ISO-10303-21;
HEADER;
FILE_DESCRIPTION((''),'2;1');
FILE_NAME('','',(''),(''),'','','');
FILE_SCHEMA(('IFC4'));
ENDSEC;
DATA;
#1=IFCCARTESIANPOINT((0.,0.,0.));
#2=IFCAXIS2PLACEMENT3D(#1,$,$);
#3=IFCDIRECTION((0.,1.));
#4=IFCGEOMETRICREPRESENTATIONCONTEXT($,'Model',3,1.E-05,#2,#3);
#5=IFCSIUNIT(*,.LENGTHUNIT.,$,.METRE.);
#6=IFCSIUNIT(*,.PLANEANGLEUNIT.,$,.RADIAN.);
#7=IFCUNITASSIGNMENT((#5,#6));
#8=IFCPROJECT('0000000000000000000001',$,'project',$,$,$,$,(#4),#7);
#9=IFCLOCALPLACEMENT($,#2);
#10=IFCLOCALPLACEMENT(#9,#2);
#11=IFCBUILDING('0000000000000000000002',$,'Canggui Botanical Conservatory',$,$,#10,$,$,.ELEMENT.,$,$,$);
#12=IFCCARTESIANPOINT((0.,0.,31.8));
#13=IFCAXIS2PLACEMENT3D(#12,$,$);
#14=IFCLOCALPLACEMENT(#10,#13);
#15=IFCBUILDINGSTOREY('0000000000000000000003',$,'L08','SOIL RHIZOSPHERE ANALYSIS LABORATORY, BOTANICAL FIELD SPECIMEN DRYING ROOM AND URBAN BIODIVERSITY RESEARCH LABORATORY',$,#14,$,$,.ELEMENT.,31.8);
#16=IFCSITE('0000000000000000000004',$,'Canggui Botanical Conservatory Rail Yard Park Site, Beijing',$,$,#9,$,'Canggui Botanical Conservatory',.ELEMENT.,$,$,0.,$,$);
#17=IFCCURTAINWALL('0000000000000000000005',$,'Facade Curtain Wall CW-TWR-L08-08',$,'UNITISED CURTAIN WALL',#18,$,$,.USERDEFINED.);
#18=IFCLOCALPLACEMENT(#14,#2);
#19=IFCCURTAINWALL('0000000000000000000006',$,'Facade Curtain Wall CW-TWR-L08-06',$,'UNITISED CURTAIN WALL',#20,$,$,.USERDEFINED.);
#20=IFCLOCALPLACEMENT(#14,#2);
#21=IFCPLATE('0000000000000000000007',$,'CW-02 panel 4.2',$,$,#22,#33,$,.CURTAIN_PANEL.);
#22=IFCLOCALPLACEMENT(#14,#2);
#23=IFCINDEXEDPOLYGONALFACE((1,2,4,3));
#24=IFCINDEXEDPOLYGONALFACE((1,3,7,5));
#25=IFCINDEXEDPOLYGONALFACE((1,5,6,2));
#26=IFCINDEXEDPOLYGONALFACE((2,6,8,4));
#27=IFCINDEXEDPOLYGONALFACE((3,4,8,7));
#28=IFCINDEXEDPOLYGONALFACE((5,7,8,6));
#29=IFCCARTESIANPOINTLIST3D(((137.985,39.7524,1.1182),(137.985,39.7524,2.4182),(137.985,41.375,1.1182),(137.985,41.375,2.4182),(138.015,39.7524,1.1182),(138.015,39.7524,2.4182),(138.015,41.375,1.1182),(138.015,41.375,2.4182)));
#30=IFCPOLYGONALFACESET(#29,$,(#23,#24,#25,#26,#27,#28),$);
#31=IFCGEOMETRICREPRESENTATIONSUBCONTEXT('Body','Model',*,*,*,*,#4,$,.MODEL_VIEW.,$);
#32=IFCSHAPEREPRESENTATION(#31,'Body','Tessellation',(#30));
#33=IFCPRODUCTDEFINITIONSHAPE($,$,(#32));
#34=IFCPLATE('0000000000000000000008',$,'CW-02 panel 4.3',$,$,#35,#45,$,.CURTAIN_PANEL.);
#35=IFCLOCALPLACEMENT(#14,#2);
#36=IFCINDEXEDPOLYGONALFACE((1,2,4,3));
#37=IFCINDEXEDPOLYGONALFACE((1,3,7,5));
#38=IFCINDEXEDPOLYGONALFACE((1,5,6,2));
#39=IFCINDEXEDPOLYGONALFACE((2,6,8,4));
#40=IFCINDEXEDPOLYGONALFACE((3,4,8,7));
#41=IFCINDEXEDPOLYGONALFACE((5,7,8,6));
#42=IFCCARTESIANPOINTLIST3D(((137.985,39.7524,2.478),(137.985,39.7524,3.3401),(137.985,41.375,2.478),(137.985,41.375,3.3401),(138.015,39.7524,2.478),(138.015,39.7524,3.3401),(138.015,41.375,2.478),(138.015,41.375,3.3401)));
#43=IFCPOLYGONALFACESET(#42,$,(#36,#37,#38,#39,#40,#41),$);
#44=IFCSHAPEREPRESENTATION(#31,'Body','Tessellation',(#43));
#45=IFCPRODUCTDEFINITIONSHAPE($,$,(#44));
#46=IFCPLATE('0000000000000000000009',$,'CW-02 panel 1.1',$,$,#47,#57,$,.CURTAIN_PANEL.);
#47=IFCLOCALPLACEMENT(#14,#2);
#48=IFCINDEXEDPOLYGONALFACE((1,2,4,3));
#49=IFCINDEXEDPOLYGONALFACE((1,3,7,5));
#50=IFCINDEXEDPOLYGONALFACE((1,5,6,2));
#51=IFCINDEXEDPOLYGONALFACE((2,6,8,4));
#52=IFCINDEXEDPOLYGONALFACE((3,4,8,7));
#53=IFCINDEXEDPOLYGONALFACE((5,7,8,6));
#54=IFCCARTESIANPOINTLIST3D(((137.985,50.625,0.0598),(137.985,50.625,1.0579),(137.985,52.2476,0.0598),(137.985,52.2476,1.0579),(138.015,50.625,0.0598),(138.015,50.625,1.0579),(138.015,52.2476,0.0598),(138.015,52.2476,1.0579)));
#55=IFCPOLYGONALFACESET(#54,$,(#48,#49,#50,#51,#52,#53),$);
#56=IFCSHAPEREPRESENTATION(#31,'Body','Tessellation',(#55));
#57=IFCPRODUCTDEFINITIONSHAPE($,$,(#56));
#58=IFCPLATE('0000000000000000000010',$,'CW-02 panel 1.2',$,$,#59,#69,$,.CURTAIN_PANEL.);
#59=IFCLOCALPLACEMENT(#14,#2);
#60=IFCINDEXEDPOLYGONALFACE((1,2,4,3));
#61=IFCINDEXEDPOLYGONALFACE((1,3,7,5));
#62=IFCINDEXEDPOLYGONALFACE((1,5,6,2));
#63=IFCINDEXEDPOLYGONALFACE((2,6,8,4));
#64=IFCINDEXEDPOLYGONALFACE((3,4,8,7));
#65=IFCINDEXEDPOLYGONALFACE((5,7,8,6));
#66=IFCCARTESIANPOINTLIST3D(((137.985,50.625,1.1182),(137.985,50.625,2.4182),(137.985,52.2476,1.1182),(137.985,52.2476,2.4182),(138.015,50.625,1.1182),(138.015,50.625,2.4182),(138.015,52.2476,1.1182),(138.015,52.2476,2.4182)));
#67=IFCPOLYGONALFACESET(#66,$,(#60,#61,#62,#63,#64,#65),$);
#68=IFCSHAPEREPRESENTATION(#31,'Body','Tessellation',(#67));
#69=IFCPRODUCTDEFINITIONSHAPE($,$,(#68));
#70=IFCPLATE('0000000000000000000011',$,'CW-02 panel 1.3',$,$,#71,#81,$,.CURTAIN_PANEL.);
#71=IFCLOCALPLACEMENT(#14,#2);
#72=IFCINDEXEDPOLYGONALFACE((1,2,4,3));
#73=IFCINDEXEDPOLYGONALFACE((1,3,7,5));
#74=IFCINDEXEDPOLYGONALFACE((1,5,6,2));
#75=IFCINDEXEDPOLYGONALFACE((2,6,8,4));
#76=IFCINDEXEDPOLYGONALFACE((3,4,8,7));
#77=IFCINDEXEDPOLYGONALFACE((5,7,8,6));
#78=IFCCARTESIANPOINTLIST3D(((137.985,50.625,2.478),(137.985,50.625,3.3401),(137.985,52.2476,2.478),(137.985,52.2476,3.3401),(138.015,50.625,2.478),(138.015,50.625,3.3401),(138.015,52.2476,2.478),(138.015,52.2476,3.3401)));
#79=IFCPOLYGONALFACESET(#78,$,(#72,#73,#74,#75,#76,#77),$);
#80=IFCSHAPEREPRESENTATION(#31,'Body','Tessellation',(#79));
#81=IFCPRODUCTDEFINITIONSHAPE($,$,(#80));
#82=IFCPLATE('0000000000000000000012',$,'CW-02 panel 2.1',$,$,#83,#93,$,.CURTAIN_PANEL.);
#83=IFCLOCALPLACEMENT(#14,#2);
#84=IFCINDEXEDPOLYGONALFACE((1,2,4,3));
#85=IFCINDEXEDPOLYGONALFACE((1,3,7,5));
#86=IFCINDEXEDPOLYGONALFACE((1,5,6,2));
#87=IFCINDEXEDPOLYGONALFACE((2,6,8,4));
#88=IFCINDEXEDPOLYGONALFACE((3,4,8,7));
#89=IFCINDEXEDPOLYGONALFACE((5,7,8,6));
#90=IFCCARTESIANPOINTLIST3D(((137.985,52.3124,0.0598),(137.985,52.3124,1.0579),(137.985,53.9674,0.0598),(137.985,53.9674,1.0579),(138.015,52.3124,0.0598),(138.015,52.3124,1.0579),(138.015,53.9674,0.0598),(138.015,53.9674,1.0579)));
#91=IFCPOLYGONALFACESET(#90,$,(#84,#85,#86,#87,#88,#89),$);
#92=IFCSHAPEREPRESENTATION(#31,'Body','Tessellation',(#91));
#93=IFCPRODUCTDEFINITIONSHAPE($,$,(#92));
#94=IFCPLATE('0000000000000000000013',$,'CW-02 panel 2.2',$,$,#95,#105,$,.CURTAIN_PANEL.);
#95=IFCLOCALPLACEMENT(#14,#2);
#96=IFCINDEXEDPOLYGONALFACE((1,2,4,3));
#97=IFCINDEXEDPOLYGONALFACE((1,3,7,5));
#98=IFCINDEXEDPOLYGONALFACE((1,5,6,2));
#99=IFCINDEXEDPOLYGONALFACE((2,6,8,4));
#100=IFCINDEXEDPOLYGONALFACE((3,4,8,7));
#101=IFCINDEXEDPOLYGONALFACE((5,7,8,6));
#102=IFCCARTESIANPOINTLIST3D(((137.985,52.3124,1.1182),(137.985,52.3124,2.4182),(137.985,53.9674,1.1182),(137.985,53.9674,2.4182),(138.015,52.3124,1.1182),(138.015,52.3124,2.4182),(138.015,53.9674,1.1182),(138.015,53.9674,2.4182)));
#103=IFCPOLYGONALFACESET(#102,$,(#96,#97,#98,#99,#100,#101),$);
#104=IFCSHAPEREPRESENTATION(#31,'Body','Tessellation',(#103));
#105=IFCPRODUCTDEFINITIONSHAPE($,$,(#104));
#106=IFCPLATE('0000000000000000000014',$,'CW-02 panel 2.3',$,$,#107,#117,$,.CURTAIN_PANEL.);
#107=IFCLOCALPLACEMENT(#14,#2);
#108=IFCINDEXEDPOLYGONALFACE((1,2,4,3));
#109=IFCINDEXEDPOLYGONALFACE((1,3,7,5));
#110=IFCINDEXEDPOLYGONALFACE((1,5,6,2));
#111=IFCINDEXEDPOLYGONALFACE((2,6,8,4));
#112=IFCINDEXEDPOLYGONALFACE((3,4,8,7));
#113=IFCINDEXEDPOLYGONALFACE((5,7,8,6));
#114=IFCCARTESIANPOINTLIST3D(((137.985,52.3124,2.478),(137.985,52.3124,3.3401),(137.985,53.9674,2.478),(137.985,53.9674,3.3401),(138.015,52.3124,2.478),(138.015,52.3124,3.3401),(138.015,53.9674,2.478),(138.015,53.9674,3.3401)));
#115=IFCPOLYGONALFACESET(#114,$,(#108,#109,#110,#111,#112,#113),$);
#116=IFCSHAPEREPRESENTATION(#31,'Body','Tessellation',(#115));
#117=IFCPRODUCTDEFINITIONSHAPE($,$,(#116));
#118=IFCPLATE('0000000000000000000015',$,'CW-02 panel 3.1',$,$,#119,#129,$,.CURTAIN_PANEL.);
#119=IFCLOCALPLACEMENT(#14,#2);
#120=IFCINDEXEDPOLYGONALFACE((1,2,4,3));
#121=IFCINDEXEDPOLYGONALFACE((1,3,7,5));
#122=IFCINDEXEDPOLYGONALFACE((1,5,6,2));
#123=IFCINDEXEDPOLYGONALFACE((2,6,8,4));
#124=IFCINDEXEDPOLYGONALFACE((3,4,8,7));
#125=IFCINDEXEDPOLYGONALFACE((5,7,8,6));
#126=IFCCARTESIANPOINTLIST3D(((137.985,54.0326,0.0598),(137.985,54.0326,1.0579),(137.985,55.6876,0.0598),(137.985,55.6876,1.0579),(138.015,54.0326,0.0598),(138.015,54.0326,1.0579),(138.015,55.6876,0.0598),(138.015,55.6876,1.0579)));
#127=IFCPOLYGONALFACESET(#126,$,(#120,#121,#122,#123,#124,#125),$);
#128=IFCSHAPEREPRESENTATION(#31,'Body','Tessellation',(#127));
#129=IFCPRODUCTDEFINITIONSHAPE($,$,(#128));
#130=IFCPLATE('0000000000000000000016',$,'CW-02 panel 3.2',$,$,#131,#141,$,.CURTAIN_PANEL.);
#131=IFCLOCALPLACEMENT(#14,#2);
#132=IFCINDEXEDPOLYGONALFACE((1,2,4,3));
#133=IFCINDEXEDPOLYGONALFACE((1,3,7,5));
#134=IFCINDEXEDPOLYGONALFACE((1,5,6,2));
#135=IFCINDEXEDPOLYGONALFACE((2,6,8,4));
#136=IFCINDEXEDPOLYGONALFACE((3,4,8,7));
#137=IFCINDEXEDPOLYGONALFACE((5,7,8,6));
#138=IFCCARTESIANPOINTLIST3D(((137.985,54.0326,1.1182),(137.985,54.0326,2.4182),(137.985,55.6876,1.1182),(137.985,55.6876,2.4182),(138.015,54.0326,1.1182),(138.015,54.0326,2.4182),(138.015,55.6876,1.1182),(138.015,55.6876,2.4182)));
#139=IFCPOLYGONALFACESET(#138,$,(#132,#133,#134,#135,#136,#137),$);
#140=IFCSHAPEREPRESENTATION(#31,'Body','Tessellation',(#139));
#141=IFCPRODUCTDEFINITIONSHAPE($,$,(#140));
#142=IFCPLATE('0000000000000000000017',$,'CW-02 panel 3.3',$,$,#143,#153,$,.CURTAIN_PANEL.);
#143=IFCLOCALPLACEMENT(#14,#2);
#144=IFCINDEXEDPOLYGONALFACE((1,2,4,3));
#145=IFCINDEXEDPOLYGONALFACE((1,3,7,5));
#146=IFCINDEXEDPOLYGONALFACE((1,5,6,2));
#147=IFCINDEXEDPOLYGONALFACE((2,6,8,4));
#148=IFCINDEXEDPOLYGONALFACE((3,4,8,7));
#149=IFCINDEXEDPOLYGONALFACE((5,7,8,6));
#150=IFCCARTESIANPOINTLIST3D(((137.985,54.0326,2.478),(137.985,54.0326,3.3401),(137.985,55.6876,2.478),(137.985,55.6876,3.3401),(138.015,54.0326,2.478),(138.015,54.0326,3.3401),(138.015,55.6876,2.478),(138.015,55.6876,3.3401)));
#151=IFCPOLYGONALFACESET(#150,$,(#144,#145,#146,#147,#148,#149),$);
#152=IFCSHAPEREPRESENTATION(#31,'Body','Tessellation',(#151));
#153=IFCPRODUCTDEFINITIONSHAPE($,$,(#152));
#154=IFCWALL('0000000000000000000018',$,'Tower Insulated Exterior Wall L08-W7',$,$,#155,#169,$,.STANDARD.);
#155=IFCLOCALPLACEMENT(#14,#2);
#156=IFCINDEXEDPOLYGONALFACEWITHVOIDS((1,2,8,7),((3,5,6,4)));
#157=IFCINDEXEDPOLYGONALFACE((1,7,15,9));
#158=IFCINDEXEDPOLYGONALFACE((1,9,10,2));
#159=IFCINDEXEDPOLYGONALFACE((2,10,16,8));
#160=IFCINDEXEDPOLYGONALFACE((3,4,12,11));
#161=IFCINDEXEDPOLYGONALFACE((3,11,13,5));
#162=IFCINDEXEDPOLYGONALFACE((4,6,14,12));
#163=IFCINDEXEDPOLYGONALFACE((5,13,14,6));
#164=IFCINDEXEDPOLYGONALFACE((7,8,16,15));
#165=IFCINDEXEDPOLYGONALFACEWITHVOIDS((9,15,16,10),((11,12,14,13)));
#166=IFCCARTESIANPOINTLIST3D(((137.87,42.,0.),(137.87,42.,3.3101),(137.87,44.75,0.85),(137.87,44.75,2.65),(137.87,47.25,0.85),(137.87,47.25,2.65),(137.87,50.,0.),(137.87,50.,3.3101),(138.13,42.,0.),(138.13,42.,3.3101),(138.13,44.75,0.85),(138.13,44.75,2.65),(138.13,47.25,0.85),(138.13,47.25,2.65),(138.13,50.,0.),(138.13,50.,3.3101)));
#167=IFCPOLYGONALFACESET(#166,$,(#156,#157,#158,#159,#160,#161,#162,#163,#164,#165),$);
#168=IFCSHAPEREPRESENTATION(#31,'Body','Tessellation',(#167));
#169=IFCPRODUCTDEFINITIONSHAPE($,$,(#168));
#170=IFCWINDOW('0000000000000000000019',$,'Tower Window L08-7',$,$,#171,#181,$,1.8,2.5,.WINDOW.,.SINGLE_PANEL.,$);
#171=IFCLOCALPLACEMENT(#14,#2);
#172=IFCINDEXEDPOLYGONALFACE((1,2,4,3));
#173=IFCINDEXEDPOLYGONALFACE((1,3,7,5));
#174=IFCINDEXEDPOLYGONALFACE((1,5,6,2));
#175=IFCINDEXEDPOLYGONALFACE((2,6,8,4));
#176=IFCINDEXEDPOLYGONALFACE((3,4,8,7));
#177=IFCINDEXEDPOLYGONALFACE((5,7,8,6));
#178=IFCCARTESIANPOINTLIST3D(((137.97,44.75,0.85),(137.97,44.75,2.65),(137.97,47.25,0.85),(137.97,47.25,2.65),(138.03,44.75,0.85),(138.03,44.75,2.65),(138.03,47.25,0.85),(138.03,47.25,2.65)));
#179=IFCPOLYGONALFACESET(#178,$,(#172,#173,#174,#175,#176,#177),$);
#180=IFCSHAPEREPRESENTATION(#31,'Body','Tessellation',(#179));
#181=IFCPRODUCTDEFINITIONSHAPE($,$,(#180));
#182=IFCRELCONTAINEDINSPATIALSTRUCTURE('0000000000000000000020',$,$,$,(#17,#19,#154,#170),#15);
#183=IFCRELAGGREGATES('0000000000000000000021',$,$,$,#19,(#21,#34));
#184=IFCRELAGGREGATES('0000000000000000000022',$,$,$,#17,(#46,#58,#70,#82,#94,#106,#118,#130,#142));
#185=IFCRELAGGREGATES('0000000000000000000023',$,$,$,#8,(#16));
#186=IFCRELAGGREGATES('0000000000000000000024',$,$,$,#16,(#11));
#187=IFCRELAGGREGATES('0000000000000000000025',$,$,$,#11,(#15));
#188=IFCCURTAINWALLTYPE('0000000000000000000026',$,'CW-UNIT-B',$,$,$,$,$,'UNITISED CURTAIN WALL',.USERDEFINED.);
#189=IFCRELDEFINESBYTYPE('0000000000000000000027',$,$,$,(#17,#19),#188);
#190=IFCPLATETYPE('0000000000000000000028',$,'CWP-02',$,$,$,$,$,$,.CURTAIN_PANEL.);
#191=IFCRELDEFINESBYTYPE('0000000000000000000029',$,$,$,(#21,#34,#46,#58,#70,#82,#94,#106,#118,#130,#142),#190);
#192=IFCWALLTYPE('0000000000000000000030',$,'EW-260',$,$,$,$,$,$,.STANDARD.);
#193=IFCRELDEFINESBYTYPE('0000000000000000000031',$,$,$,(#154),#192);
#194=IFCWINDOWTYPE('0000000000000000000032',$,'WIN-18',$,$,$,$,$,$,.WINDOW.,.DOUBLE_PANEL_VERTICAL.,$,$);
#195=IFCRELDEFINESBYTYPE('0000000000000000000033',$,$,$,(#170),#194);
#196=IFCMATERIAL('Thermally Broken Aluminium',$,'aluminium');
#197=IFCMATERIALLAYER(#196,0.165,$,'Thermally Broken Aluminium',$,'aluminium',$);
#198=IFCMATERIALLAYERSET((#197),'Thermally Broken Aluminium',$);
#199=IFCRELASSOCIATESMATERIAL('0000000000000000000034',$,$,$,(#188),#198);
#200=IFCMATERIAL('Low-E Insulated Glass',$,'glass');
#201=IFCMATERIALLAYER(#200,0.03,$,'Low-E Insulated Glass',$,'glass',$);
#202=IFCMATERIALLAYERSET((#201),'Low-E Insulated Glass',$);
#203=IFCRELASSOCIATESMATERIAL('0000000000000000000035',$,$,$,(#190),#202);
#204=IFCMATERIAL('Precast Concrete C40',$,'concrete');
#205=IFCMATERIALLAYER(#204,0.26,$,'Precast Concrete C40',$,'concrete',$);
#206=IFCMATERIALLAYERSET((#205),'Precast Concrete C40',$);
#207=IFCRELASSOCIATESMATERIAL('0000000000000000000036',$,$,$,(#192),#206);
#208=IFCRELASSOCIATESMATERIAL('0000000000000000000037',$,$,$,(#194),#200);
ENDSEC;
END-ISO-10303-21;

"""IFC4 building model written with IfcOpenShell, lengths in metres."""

from ifc_helpers import new_model, si_unit, direction, frame, frame_2d, origin, origin_2d, place, context, subcontext, project, spatial, rectangle, extrude, material, layer, layer_set, type_object, element, fill, aggregate, save


model = new_model("IFC4")

# Units and contexts
model_context = context("Model", 3, precision=1e-05, world=origin(), true_north=direction((0.0, 1.0)))
body_context = subcontext(model_context, "Body", "Model", "MODEL_VIEW")
ifc_project = project(units=[si_unit("LENGTHUNIT", "METRE"), si_unit("PLANEANGLEUNIT", "RADIAN")], contexts=[model_context])

# Site, building, storey
site_placement = place(None, origin())
site = spatial("IfcSite", under=ifc_project, at=site_placement, Name="Canggui Botanical Conservatory Rail Yard Park Site, Beijing", LongName="Canggui Botanical Conservatory", CompositionType="ELEMENT", RefElevation=0.0)
building_placement = place(site_placement, origin())
building = spatial("IfcBuilding", under=site, at=building_placement, Name="Canggui Botanical Conservatory", CompositionType="ELEMENT")
storey_placement = place(building_placement, frame((0.0, 0.0, 31.8)))
storey = spatial("IfcBuildingStorey", under=building, at=storey_placement, Name="L08", Description="SOIL RHIZOSPHERE ANALYSIS LABORATORY, BOTANICAL FIELD SPECIMEN DRYING ROOM AND URBAN BIODIVERSITY RESEARCH LABORATORY", CompositionType="ELEMENT", Elevation=31.8)

# Curtain walls
ifc_material_1 = material(Name="Thermally Broken Aluminium", Category="aluminium")
ifc_layer_1 = layer(ifc_material_1, 0.165, Name="Thermally Broken Aluminium", Category="aluminium")
ifc_layer_set_1 = layer_set([ifc_layer_1], Name="Thermally Broken Aluminium")
curtain_wall_type = type_object("IfcCurtainWallType", Name="CW-UNIT-B", ElementType="UNITISED CURTAIN WALL", PredefinedType="USERDEFINED", material=ifc_layer_set_1)
curtain_wall_1_placement = place(storey_placement, origin())
curtain_wall_1 = element("IfcCurtainWall", 1, at=curtain_wall_1_placement, inside=storey, type_object=curtain_wall_type, Name="Facade Curtain Wall CW-TWR-L08-08", ObjectType="UNITISED CURTAIN WALL", PredefinedType="USERDEFINED")
curtain_wall_2_placement = place(storey_placement, origin())
curtain_wall_2 = element("IfcCurtainWall", 2, at=curtain_wall_2_placement, inside=storey, type_object=curtain_wall_type, Name="Facade Curtain Wall CW-TWR-L08-06", ObjectType="UNITISED CURTAIN WALL", PredefinedType="USERDEFINED")

# Plates
ifc_material_2 = material(Name="Low-E Insulated Glass", Category="glass")
ifc_layer_2 = layer(ifc_material_2, 0.03, Name="Low-E Insulated Glass", Category="glass")
ifc_layer_set_2 = layer_set([ifc_layer_2], Name="Low-E Insulated Glass")
plate_type = type_object("IfcPlateType", Name="CWP-02", PredefinedType="CURTAIN_PANEL", material=ifc_layer_set_2)
plate_1_placement = place(storey_placement, frame((138.0, 40.5637, 1.1182), z_axis=(0.0, 0.0, 1.0), x_axis=(0.0, 1.0, 0.0)))
plate_1 = element("IfcPlate", 3, at=plate_1_placement, type_object=plate_type, Name="CW-02 panel 4.2", PredefinedType="CURTAIN_PANEL", context=body_context, shape_type="SweptSolid", body=[
    extrude(rectangle(XDim=1.6226, YDim=0.03, at=origin_2d()), origin(), (0.0, 0.0, 1.0), 1.3),
])
plate_2_placement = place(storey_placement, frame((138.0, 40.5637, 2.478), z_axis=(0.0, 0.0, 1.0), x_axis=(0.0, 1.0, 0.0)))
plate_2 = element("IfcPlate", 4, at=plate_2_placement, type_object=plate_type, Name="CW-02 panel 4.3", PredefinedType="CURTAIN_PANEL", context=body_context, shape_type="SweptSolid", body=[
    extrude(rectangle(XDim=1.6226, YDim=0.03, at=origin_2d()), origin(), (0.0, 0.0, 1.0), 0.8621),
])
aggregate(curtain_wall_2, [plate_1, plate_2])
plate_3_placement = place(storey_placement, frame((138.0, 51.4363, 0.0598), z_axis=(0.0, 0.0, 1.0), x_axis=(0.0, 1.0, 0.0)))
plate_3 = element("IfcPlate", 5, at=plate_3_placement, type_object=plate_type, Name="CW-02 panel 1.1", PredefinedType="CURTAIN_PANEL", context=body_context, shape_type="SweptSolid", body=[
    extrude(rectangle(XDim=1.6226, YDim=0.03, at=origin_2d()), origin(), (0.0, 0.0, 1.0), 0.998),
])
plate_4_placement = place(storey_placement, frame((138.0, 51.4363, 1.1182), z_axis=(0.0, 0.0, 1.0), x_axis=(0.0, 1.0, 0.0)))
plate_4 = element("IfcPlate", 6, at=plate_4_placement, type_object=plate_type, Name="CW-02 panel 1.2", PredefinedType="CURTAIN_PANEL", context=body_context, shape_type="SweptSolid", body=[
    extrude(rectangle(XDim=1.6226, YDim=0.03, at=origin_2d()), origin(), (0.0, 0.0, 1.0), 1.3),
])
plate_5_placement = place(storey_placement, frame((138.0, 51.4363, 2.478), z_axis=(0.0, 0.0, 1.0), x_axis=(0.0, 1.0, 0.0)))
plate_5 = element("IfcPlate", 7, at=plate_5_placement, type_object=plate_type, Name="CW-02 panel 1.3", PredefinedType="CURTAIN_PANEL", context=body_context, shape_type="SweptSolid", body=[
    extrude(rectangle(XDim=1.6226, YDim=0.03, at=origin_2d()), origin(), (0.0, 0.0, 1.0), 0.8621),
])
plate_6_placement = place(storey_placement, frame((138.0, 53.1399, 0.0598), z_axis=(0.0, 0.0, 1.0), x_axis=(0.0, 1.0, 0.0)))
plate_6 = element("IfcPlate", 8, at=plate_6_placement, type_object=plate_type, Name="CW-02 panel 2.1", PredefinedType="CURTAIN_PANEL", context=body_context, shape_type="SweptSolid", body=[
    extrude(rectangle(XDim=1.655, YDim=0.03, at=origin_2d()), origin(), (0.0, 0.0, 1.0), 0.998),
])
plate_7_placement = place(storey_placement, frame((138.0, 53.1399, 1.1182), z_axis=(0.0, 0.0, 1.0), x_axis=(0.0, 1.0, 0.0)))
plate_7 = element("IfcPlate", 9, at=plate_7_placement, type_object=plate_type, Name="CW-02 panel 2.2", PredefinedType="CURTAIN_PANEL", context=body_context, shape_type="SweptSolid", body=[
    extrude(rectangle(XDim=1.655, YDim=0.03, at=origin_2d()), origin(), (0.0, 0.0, 1.0), 1.3),
])
plate_8_placement = place(storey_placement, frame((138.0, 53.1399, 2.478), z_axis=(0.0, 0.0, 1.0), x_axis=(0.0, 1.0, 0.0)))
plate_8 = element("IfcPlate", 10, at=plate_8_placement, type_object=plate_type, Name="CW-02 panel 2.3", PredefinedType="CURTAIN_PANEL", context=body_context, shape_type="SweptSolid", body=[
    extrude(rectangle(XDim=1.655, YDim=0.03, at=origin_2d()), origin(), (0.0, 0.0, 1.0), 0.8621),
])
plate_9_placement = place(storey_placement, frame((138.0, 54.8601, 0.0598), z_axis=(0.0, 0.0, 1.0), x_axis=(0.0, 1.0, 0.0)))
plate_9 = element("IfcPlate", 11, at=plate_9_placement, type_object=plate_type, Name="CW-02 panel 3.1", PredefinedType="CURTAIN_PANEL", context=body_context, shape_type="SweptSolid", body=[
    extrude(rectangle(XDim=1.655, YDim=0.03, at=origin_2d()), origin(), (0.0, 0.0, 1.0), 0.998),
])
plate_10_placement = place(storey_placement, frame((138.0, 54.8601, 1.1182), z_axis=(0.0, 0.0, 1.0), x_axis=(0.0, 1.0, 0.0)))
plate_10 = element("IfcPlate", 12, at=plate_10_placement, type_object=plate_type, Name="CW-02 panel 3.2", PredefinedType="CURTAIN_PANEL", context=body_context, shape_type="SweptSolid", body=[
    extrude(rectangle(XDim=1.655, YDim=0.03, at=origin_2d()), origin(), (0.0, 0.0, 1.0), 1.3),
])
plate_11_placement = place(storey_placement, frame((138.0, 54.8601, 2.478), z_axis=(0.0, 0.0, 1.0), x_axis=(0.0, 1.0, 0.0)))
plate_11 = element("IfcPlate", 13, at=plate_11_placement, type_object=plate_type, Name="CW-02 panel 3.3", PredefinedType="CURTAIN_PANEL", context=body_context, shape_type="SweptSolid", body=[
    extrude(rectangle(XDim=1.655, YDim=0.03, at=origin_2d()), origin(), (0.0, 0.0, 1.0), 0.8621),
])
aggregate(curtain_wall_1, [plate_3, plate_4, plate_5, plate_6, plate_7, plate_8, plate_9, plate_10, plate_11])

# Wall, opening, window
ifc_material_3 = material(Name="Precast Concrete C40", Category="concrete")
ifc_layer_3 = layer(ifc_material_3, 0.26, Name="Precast Concrete C40", Category="concrete")
ifc_layer_set_3 = layer_set([ifc_layer_3], Name="Precast Concrete C40")
wall_type = type_object("IfcWallType", Name="EW-260", PredefinedType="STANDARD", material=ifc_layer_set_3)
wall_placement = place(storey_placement, frame((138.0, 42.0, 0.0), z_axis=(0.0, 0.0, 1.0), x_axis=(0.0, 1.0, 0.0)))
wall = element("IfcWall", 14, at=wall_placement, inside=storey, type_object=wall_type, Name="Tower Insulated Exterior Wall L08-W7", PredefinedType="STANDARD", context=body_context, shape_type="SweptSolid", body=[
    extrude(rectangle(XDim=8.0, YDim=0.26, at=frame_2d((4.0, 0.0))), origin(), (0.0, 0.0, 1.0), 3.3101),
])
opening_placement = place(wall_placement, frame((2.75, 0.0, 0.8501)))
opening = element("IfcOpeningElement", 15, at=opening_placement, cuts=wall, PredefinedType="OPENING", context=body_context, shape_type="SweptSolid", body=[
    extrude(rectangle(XDim=2.5, YDim=1.8, at=frame_2d((1.25, 0.8999))), frame((0.0, 0.1401, 0.0), z_axis=(0.0, -1.0, 0.0), x_axis=(1.0, 0.0, 0.0)), (0.0, 0.0, 1.0), 0.28),
])
window_type = type_object("IfcWindowType", Name="WIN-18", PartitioningType="DOUBLE_PANEL_VERTICAL", PredefinedType="WINDOW", material=ifc_material_2)
window_placement = place(opening_placement, origin())
window = element("IfcWindow", 16, at=window_placement, inside=storey, type_object=window_type, Name="Tower Window L08-7", OverallHeight=1.8, OverallWidth=2.5, PartitioningType="SINGLE_PANEL", PredefinedType="WINDOW", context=body_context, shape_type="SweptSolid", body=[
    extrude(rectangle(XDim=2.5, YDim=1.8, at=frame_2d((1.25, 0.8999))), frame((0.0, 0.03, 0.0), z_axis=(0.0, -1.0, 0.0), x_axis=(1.0, 0.0, 0.0)), (0.0, 0.0, 1.0), 0.0601),
])
fill(opening, window)

save(model, "model.ifc")
